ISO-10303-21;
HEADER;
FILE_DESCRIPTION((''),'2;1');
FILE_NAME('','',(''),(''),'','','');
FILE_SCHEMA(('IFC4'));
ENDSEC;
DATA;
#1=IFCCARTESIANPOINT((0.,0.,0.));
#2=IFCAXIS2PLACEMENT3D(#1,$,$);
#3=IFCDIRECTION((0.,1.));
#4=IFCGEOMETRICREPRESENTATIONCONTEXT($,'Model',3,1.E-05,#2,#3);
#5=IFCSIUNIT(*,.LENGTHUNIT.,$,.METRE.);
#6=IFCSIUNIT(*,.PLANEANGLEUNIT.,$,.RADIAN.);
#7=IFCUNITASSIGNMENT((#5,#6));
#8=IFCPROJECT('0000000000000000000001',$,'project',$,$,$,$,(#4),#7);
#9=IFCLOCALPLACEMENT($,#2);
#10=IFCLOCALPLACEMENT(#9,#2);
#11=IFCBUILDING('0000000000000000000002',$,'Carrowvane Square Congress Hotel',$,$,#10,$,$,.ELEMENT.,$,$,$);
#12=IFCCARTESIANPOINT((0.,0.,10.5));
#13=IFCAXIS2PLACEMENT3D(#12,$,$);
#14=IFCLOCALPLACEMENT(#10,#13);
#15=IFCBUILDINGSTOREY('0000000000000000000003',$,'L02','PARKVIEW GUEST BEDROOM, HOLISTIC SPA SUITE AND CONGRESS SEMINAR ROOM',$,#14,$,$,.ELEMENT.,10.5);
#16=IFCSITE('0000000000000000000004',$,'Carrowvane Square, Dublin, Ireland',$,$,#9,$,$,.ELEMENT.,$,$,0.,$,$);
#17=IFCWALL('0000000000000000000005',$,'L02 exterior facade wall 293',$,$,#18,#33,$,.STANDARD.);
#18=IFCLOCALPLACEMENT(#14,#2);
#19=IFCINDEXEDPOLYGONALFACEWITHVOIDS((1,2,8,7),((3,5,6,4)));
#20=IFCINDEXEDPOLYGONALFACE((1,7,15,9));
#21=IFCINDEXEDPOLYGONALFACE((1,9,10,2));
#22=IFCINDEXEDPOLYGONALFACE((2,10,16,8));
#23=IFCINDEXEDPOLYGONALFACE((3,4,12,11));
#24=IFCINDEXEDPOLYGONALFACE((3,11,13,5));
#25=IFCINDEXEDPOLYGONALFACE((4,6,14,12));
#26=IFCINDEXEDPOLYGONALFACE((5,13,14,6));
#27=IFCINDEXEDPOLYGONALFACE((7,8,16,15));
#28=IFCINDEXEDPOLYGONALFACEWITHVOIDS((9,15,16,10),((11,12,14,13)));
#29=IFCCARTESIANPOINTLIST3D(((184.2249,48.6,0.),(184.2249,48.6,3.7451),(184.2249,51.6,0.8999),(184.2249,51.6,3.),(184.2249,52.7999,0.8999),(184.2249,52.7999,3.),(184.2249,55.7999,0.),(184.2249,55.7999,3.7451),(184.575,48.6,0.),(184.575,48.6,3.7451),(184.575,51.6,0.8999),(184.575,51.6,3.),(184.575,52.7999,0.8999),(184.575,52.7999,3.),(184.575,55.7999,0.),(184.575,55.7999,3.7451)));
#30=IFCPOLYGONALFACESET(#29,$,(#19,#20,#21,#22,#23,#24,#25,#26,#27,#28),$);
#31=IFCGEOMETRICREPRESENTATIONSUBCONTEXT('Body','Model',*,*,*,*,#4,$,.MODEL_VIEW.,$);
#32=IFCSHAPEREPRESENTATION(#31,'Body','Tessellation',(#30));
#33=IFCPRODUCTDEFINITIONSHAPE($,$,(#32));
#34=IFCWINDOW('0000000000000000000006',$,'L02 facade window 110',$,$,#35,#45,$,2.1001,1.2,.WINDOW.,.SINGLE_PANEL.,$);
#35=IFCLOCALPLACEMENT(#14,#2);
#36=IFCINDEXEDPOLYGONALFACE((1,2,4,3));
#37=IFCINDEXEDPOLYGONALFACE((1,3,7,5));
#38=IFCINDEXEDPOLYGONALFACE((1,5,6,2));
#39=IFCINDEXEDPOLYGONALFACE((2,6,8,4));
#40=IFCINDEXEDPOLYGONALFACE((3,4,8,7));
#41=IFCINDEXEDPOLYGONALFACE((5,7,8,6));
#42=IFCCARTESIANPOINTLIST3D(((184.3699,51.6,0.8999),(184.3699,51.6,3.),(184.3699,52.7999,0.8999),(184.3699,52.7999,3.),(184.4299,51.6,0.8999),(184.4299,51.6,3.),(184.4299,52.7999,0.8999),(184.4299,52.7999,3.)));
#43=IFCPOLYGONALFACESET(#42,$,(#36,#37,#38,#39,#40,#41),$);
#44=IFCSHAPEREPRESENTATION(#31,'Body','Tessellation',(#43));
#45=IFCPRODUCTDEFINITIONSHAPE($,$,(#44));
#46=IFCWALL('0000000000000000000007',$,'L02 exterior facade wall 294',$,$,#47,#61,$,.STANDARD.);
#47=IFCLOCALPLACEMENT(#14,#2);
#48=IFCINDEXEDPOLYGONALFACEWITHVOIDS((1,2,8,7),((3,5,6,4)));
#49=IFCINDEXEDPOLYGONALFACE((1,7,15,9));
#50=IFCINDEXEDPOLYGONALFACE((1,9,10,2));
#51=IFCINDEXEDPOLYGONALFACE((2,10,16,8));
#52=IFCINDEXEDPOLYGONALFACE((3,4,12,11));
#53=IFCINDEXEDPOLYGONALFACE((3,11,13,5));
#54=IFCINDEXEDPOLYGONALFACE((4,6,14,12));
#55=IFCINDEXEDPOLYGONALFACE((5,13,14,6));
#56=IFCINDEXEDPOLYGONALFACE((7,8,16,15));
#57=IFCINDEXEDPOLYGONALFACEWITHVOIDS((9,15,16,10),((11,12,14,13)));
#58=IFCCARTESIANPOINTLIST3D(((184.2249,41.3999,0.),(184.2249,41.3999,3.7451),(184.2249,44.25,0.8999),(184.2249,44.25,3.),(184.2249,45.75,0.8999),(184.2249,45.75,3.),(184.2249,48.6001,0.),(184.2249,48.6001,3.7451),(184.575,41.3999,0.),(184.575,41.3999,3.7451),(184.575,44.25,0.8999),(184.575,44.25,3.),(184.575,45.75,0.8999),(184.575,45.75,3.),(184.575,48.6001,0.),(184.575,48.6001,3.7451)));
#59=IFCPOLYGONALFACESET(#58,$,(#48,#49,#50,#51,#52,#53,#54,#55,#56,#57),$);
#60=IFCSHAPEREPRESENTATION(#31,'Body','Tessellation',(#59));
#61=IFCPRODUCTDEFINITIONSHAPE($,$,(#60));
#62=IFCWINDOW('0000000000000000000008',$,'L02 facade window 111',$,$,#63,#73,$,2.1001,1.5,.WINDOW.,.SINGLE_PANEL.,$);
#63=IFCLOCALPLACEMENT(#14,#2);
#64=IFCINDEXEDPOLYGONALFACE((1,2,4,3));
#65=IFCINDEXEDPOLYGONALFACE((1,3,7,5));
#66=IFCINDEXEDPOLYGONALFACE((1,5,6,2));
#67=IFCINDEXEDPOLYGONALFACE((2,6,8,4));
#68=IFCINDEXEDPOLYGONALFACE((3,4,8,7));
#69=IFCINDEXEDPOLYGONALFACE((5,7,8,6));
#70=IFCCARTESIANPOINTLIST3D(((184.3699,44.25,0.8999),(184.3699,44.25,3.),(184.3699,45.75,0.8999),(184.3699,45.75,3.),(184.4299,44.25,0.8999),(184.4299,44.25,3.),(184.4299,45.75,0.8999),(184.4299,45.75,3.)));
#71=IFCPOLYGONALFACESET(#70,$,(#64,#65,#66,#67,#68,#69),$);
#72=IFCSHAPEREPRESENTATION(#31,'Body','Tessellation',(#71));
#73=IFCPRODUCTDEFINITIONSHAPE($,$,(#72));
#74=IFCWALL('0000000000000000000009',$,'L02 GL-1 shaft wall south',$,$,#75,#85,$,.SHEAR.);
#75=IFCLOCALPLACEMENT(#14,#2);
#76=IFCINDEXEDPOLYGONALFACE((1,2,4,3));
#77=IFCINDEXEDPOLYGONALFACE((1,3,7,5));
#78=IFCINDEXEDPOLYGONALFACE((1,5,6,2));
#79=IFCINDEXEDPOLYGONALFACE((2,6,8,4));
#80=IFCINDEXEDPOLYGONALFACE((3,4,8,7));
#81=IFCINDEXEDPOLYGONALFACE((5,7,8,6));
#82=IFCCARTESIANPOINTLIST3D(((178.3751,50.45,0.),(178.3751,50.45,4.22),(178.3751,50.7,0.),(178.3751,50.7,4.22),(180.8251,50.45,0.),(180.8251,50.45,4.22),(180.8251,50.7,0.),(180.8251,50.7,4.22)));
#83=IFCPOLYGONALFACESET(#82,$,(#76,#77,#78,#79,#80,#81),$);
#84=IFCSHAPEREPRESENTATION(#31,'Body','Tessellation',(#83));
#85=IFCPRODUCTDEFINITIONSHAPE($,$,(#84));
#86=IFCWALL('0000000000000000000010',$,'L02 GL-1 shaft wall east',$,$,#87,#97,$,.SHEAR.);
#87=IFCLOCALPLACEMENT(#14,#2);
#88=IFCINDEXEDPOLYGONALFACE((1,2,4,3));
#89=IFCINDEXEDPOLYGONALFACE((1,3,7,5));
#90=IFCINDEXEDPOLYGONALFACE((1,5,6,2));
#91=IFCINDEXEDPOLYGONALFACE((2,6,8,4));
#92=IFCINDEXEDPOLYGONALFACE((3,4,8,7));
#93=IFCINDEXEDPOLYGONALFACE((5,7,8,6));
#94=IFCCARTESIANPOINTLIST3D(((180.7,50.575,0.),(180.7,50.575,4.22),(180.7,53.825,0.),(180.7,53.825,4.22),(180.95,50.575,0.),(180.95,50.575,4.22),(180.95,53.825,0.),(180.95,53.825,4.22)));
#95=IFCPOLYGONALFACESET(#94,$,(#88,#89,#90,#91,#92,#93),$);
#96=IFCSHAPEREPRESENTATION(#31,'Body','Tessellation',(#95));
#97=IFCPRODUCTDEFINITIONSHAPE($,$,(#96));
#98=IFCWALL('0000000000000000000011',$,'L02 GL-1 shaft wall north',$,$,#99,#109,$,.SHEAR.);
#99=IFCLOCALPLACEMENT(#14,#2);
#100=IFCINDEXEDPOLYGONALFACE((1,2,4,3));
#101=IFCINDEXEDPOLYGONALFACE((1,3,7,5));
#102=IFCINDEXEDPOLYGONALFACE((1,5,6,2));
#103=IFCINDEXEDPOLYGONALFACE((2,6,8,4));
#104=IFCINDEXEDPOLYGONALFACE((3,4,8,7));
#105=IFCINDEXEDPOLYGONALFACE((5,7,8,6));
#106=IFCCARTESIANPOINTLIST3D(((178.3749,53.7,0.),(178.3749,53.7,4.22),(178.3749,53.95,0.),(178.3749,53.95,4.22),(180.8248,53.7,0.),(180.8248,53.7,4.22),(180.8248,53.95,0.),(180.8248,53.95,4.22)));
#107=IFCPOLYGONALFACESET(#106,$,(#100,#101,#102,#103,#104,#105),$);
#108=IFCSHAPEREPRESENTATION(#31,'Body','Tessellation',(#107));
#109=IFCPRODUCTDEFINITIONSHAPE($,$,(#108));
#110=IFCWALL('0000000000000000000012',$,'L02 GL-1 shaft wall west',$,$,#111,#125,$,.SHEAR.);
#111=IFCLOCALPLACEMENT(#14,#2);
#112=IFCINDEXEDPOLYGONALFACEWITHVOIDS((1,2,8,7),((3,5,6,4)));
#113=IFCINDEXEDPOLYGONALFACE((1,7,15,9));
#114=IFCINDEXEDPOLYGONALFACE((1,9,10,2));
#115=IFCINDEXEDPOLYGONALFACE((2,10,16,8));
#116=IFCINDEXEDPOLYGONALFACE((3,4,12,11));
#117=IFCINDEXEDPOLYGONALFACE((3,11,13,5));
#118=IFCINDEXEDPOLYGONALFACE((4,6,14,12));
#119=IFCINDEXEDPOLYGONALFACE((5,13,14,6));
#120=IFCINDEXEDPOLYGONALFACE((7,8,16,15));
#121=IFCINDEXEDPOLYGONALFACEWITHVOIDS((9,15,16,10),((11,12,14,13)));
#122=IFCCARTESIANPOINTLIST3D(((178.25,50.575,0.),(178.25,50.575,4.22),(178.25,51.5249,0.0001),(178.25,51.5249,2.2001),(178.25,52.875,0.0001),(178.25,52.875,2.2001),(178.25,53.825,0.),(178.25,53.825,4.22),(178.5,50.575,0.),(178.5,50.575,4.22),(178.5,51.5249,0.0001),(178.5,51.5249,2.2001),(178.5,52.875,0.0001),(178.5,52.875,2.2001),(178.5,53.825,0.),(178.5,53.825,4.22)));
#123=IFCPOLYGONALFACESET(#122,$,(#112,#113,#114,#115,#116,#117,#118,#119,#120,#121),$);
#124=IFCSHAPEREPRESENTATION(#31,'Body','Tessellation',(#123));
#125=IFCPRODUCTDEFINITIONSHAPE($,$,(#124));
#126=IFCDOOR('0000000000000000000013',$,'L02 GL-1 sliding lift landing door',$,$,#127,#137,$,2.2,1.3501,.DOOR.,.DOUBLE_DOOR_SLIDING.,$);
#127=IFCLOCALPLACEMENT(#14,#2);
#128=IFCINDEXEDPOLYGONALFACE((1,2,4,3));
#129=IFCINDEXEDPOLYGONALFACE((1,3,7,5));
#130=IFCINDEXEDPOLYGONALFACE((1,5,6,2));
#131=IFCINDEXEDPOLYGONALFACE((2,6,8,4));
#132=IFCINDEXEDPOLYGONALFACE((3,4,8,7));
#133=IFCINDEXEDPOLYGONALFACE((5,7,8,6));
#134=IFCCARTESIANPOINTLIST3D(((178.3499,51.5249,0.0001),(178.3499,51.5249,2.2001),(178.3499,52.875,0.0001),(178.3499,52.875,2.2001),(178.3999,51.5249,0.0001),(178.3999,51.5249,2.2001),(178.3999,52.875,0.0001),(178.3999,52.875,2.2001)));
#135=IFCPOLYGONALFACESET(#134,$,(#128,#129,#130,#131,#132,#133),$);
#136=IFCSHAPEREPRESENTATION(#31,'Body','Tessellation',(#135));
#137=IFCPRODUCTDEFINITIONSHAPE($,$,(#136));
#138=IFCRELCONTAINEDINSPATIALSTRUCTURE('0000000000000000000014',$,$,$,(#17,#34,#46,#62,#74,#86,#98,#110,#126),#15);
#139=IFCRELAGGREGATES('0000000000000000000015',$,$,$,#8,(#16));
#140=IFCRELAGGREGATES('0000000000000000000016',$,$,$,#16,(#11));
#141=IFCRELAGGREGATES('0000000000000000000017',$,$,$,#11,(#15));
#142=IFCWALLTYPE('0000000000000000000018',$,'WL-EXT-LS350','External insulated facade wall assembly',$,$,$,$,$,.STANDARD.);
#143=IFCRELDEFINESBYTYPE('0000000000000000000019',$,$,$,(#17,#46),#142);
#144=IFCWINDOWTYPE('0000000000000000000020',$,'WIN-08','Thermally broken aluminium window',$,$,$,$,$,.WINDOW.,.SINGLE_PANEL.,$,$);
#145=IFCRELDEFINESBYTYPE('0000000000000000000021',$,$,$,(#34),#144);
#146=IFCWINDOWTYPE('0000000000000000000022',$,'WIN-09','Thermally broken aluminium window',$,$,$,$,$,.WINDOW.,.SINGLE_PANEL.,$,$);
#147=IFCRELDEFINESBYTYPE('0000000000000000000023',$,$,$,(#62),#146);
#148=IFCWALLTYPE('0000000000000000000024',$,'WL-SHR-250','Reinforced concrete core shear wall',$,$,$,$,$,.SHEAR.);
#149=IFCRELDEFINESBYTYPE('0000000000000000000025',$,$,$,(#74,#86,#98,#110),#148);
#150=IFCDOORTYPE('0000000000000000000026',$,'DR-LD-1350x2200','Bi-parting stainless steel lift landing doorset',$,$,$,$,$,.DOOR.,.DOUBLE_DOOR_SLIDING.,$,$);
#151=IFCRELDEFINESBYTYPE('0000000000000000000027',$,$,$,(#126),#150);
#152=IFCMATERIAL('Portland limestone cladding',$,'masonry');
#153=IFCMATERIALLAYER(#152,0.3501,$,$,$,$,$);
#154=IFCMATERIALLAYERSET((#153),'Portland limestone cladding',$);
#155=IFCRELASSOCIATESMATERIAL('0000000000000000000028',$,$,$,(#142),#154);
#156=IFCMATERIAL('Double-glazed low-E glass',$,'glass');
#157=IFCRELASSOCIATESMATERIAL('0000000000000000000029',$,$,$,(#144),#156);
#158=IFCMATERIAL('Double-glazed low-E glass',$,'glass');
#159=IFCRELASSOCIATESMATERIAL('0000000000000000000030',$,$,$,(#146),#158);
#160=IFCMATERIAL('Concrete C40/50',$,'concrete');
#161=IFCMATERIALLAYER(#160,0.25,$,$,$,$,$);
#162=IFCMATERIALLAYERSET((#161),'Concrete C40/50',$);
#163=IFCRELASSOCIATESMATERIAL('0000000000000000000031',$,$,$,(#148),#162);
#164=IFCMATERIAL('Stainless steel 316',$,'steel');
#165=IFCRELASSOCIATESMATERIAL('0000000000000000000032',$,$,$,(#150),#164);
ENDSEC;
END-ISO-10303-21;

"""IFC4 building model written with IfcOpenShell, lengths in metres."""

from ifc_helpers import new_model, si_unit, direction, frame, frame_2d, origin, place, context, subcontext, project, spatial, rectangle, extrude, material, layer, layer_set, type_object, element, fill, save


model = new_model("IFC4")

# Units and contexts
model_context = context("Model", 3, precision=1e-05, world=origin(), true_north=direction((0.0, 1.0)))
body_context = subcontext(model_context, "Body", "Model", "MODEL_VIEW")
ifc_project = project(units=[si_unit("LENGTHUNIT", "METRE"), si_unit("PLANEANGLEUNIT", "RADIAN")], contexts=[model_context])

# Site, building, storey
site_placement = place(None, origin())
site = spatial("IfcSite", under=ifc_project, at=site_placement, Name="Carrowvane Square, Dublin, Ireland", CompositionType="ELEMENT", RefElevation=0.0)
building_placement = place(site_placement, origin())
building = spatial("IfcBuilding", under=site, at=building_placement, Name="Carrowvane Square Congress Hotel", CompositionType="ELEMENT")
storey_placement = place(building_placement, frame((0.0, 0.0, 10.5)))
storey = spatial("IfcBuildingStorey", under=building, at=storey_placement, Name="L02", Description="PARKVIEW GUEST BEDROOM, HOLISTIC SPA SUITE AND CONGRESS SEMINAR ROOM", CompositionType="ELEMENT", Elevation=10.5)

# Walls, openings, windows
ifc_material_1 = material(Name="Portland limestone cladding", Category="masonry")
ifc_layer_1 = layer(ifc_material_1, 0.3501)
ifc_layer_set_1 = layer_set([ifc_layer_1], Name="Portland limestone cladding")
wall_type_1 = type_object("IfcWallType", Name="WL-EXT-LS350", Description="External insulated facade wall assembly", PredefinedType="STANDARD", material=ifc_layer_set_1)
wall_1_placement = place(storey_placement, frame((184.3999, 55.8, 0.0), z_axis=(0.0, 0.0, 1.0), x_axis=(0.0, -1.0, 0.0)))
wall_1 = element("IfcWall", 1, at=wall_1_placement, inside=storey, type_object=wall_type_1, Name="L02 exterior facade wall 293", PredefinedType="STANDARD", context=body_context, shape_type="SweptSolid", body=[
    extrude(rectangle(XDim=7.2, YDim=0.3501, at=frame_2d((3.6001, 0.0))), origin(), (0.0, 0.0, 1.0), 3.7451),
])
opening_1_placement = place(wall_1_placement, frame((3.0, 0.0, 0.8999)))
opening_1 = element("IfcOpeningElement", 2, at=opening_1_placement, cuts=wall_1, PredefinedType="OPENING", context=body_context, shape_type="SweptSolid", body=[
    extrude(rectangle(XDim=1.2, YDim=2.1001, at=frame_2d((0.6001, 1.05))), frame((0.0, 0.1851, 0.0), z_axis=(0.0, -1.0, 0.0), x_axis=(1.0, 0.0, 0.0)), (0.0, 0.0, 1.0), 0.3701),
])
ifc_material_2 = material(Name="Double-glazed low-E glass", Category="glass")
window_type_1 = type_object("IfcWindowType", Name="WIN-08", Description="Thermally broken aluminium window", PartitioningType="SINGLE_PANEL", PredefinedType="WINDOW", material=ifc_material_2)
window_1_placement = place(opening_1_placement, origin())
window_1 = element("IfcWindow", 3, at=window_1_placement, inside=storey, type_object=window_type_1, Name="L02 facade window 110", OverallHeight=2.1001, OverallWidth=1.2, PartitioningType="SINGLE_PANEL", PredefinedType="WINDOW", context=body_context, shape_type="SweptSolid", body=[
    extrude(rectangle(XDim=1.2, YDim=2.1001, at=frame_2d((0.6001, 1.05))), frame((0.0, 0.03, 0.0), z_axis=(0.0, -1.0, 0.0), x_axis=(1.0, 0.0, 0.0)), (0.0, 0.0, 1.0), 0.0601),
])
fill(opening_1, window_1)
wall_2_placement = place(storey_placement, frame((184.3999, 48.6001, 0.0), z_axis=(0.0, 0.0, 1.0), x_axis=(0.0, -1.0, 0.0)))
wall_2 = element("IfcWall", 4, at=wall_2_placement, inside=storey, type_object=wall_type_1, Name="L02 exterior facade wall 294", PredefinedType="STANDARD", context=body_context, shape_type="SweptSolid", body=[
    extrude(rectangle(XDim=7.2002, YDim=0.3501, at=frame_2d((3.6001, 0.0))), origin(), (0.0, 0.0, 1.0), 3.7451),
])
opening_2_placement = place(wall_2_placement, frame((2.8501, 0.0, 0.8999)))
opening_2 = element("IfcOpeningElement", 5, at=opening_2_placement, cuts=wall_2, PredefinedType="OPENING", context=body_context, shape_type="SweptSolid", body=[
    extrude(rectangle(XDim=1.5, YDim=2.1001, at=frame_2d((0.75, 1.05))), frame((0.0, 0.1851, 0.0), z_axis=(0.0, -1.0, 0.0), x_axis=(1.0, 0.0, 0.0)), (0.0, 0.0, 1.0), 0.3701),
])
ifc_material_3 = material(Name="Double-glazed low-E glass", Category="glass")
window_type_2 = type_object("IfcWindowType", Name="WIN-09", Description="Thermally broken aluminium window", PartitioningType="SINGLE_PANEL", PredefinedType="WINDOW", material=ifc_material_3)
window_2_placement = place(opening_2_placement, origin())
window_2 = element("IfcWindow", 6, at=window_2_placement, inside=storey, type_object=window_type_2, Name="L02 facade window 111", OverallHeight=2.1001, OverallWidth=1.5, PartitioningType="SINGLE_PANEL", PredefinedType="WINDOW", context=body_context, shape_type="SweptSolid", body=[
    extrude(rectangle(XDim=1.5, YDim=2.1001, at=frame_2d((0.75, 1.05))), frame((0.0, 0.03, 0.0), z_axis=(0.0, -1.0, 0.0), x_axis=(1.0, 0.0, 0.0)), (0.0, 0.0, 1.0), 0.0601),
])
fill(opening_2, window_2)

# Walls
ifc_material_4 = material(Name="Concrete C40/50", Category="concrete")
ifc_layer_2 = layer(ifc_material_4, 0.25)
ifc_layer_set_2 = layer_set([ifc_layer_2], Name="Concrete C40/50")
wall_type_2 = type_object("IfcWallType", Name="WL-SHR-250", Description="Reinforced concrete core shear wall", PredefinedType="SHEAR", material=ifc_layer_set_2)
wall_3_placement = place(storey_placement, frame((178.375, 50.575, 0.0), z_axis=(0.0, 0.0, 1.0), x_axis=(1.0, 0.0, 0.0)))
element("IfcWall", 7, at=wall_3_placement, inside=storey, type_object=wall_type_2, Name="L02 GL-1 shaft wall south", PredefinedType="SHEAR", context=body_context, shape_type="SweptSolid", body=[
    extrude(rectangle(XDim=2.45, YDim=0.25, at=frame_2d((1.2251, 0.0))), origin(), (0.0, 0.0, 1.0), 4.22),
])
wall_4_placement = place(storey_placement, frame((180.825, 50.575, 0.0), z_axis=(0.0, 0.0, 1.0), x_axis=(0.0, 1.0, 0.0)))
element("IfcWall", 8, at=wall_4_placement, inside=storey, type_object=wall_type_2, Name="L02 GL-1 shaft wall east", PredefinedType="SHEAR", context=body_context, shape_type="SweptSolid", body=[
    extrude(rectangle(XDim=3.25, YDim=0.25, at=frame_2d((1.625, 0.0))), origin(), (0.0, 0.0, 1.0), 4.22),
])
wall_5_placement = place(storey_placement, frame((180.825, 53.825, 0.0), z_axis=(0.0, 0.0, 1.0), x_axis=(-1.0, 0.0, 0.0)))
element("IfcWall", 9, at=wall_5_placement, inside=storey, type_object=wall_type_2, Name="L02 GL-1 shaft wall north", PredefinedType="SHEAR", context=body_context, shape_type="SweptSolid", body=[
    extrude(rectangle(XDim=2.45, YDim=0.25, at=frame_2d((1.2251, 0.0))), origin(), (0.0, 0.0, 1.0), 4.22),
])

# Wall, opening, door
wall_6_placement = place(storey_placement, frame((178.375, 53.825, 0.0), z_axis=(0.0, 0.0, 1.0), x_axis=(0.0, -1.0, 0.0)))
wall_6 = element("IfcWall", 10, at=wall_6_placement, inside=storey, type_object=wall_type_2, Name="L02 GL-1 shaft wall west", PredefinedType="SHEAR", context=body_context, shape_type="SweptSolid", body=[
    extrude(rectangle(XDim=3.25, YDim=0.25, at=frame_2d((1.625, 0.0))), origin(), (0.0, 0.0, 1.0), 4.22),
])
opening_3_placement = place(wall_6_placement, frame((0.95, 0.0, 0.0)))
opening_3 = element("IfcOpeningElement", 11, at=opening_3_placement, cuts=wall_6, PredefinedType="OPENING", context=body_context, shape_type="SweptSolid", body=[
    extrude(rectangle(XDim=1.3501, YDim=2.2, at=frame_2d((0.675, 1.1001))), frame((0.0, 0.135, 0.0), z_axis=(0.0, -1.0, 0.0), x_axis=(1.0, 0.0, 0.0)), (0.0, 0.0, 1.0), 0.27),
])
ifc_material_5 = material(Name="Stainless steel 316", Category="steel")
door_type = type_object("IfcDoorType", Name="DR-LD-1350x2200", Description="Bi-parting stainless steel lift landing doorset", OperationType="DOUBLE_DOOR_SLIDING", PredefinedType="DOOR", material=ifc_material_5)
door_placement = place(opening_3_placement, origin())
door = element("IfcDoor", 12, at=door_placement, inside=storey, type_object=door_type, Name="L02 GL-1 sliding lift landing door", OperationType="DOUBLE_DOOR_SLIDING", OverallHeight=2.2, OverallWidth=1.3501, PredefinedType="DOOR", context=body_context, shape_type="SweptSolid", body=[
    extrude(rectangle(XDim=1.3501, YDim=2.2, at=frame_2d((0.675, 1.1001))), frame((0.0, 0.0249, 0.0), z_axis=(0.0, -1.0, 0.0), x_axis=(1.0, 0.0, 0.0)), (0.0, 0.0, 1.0), 0.05),
])
fill(opening_3, door)

save(model, "model.ifc")
